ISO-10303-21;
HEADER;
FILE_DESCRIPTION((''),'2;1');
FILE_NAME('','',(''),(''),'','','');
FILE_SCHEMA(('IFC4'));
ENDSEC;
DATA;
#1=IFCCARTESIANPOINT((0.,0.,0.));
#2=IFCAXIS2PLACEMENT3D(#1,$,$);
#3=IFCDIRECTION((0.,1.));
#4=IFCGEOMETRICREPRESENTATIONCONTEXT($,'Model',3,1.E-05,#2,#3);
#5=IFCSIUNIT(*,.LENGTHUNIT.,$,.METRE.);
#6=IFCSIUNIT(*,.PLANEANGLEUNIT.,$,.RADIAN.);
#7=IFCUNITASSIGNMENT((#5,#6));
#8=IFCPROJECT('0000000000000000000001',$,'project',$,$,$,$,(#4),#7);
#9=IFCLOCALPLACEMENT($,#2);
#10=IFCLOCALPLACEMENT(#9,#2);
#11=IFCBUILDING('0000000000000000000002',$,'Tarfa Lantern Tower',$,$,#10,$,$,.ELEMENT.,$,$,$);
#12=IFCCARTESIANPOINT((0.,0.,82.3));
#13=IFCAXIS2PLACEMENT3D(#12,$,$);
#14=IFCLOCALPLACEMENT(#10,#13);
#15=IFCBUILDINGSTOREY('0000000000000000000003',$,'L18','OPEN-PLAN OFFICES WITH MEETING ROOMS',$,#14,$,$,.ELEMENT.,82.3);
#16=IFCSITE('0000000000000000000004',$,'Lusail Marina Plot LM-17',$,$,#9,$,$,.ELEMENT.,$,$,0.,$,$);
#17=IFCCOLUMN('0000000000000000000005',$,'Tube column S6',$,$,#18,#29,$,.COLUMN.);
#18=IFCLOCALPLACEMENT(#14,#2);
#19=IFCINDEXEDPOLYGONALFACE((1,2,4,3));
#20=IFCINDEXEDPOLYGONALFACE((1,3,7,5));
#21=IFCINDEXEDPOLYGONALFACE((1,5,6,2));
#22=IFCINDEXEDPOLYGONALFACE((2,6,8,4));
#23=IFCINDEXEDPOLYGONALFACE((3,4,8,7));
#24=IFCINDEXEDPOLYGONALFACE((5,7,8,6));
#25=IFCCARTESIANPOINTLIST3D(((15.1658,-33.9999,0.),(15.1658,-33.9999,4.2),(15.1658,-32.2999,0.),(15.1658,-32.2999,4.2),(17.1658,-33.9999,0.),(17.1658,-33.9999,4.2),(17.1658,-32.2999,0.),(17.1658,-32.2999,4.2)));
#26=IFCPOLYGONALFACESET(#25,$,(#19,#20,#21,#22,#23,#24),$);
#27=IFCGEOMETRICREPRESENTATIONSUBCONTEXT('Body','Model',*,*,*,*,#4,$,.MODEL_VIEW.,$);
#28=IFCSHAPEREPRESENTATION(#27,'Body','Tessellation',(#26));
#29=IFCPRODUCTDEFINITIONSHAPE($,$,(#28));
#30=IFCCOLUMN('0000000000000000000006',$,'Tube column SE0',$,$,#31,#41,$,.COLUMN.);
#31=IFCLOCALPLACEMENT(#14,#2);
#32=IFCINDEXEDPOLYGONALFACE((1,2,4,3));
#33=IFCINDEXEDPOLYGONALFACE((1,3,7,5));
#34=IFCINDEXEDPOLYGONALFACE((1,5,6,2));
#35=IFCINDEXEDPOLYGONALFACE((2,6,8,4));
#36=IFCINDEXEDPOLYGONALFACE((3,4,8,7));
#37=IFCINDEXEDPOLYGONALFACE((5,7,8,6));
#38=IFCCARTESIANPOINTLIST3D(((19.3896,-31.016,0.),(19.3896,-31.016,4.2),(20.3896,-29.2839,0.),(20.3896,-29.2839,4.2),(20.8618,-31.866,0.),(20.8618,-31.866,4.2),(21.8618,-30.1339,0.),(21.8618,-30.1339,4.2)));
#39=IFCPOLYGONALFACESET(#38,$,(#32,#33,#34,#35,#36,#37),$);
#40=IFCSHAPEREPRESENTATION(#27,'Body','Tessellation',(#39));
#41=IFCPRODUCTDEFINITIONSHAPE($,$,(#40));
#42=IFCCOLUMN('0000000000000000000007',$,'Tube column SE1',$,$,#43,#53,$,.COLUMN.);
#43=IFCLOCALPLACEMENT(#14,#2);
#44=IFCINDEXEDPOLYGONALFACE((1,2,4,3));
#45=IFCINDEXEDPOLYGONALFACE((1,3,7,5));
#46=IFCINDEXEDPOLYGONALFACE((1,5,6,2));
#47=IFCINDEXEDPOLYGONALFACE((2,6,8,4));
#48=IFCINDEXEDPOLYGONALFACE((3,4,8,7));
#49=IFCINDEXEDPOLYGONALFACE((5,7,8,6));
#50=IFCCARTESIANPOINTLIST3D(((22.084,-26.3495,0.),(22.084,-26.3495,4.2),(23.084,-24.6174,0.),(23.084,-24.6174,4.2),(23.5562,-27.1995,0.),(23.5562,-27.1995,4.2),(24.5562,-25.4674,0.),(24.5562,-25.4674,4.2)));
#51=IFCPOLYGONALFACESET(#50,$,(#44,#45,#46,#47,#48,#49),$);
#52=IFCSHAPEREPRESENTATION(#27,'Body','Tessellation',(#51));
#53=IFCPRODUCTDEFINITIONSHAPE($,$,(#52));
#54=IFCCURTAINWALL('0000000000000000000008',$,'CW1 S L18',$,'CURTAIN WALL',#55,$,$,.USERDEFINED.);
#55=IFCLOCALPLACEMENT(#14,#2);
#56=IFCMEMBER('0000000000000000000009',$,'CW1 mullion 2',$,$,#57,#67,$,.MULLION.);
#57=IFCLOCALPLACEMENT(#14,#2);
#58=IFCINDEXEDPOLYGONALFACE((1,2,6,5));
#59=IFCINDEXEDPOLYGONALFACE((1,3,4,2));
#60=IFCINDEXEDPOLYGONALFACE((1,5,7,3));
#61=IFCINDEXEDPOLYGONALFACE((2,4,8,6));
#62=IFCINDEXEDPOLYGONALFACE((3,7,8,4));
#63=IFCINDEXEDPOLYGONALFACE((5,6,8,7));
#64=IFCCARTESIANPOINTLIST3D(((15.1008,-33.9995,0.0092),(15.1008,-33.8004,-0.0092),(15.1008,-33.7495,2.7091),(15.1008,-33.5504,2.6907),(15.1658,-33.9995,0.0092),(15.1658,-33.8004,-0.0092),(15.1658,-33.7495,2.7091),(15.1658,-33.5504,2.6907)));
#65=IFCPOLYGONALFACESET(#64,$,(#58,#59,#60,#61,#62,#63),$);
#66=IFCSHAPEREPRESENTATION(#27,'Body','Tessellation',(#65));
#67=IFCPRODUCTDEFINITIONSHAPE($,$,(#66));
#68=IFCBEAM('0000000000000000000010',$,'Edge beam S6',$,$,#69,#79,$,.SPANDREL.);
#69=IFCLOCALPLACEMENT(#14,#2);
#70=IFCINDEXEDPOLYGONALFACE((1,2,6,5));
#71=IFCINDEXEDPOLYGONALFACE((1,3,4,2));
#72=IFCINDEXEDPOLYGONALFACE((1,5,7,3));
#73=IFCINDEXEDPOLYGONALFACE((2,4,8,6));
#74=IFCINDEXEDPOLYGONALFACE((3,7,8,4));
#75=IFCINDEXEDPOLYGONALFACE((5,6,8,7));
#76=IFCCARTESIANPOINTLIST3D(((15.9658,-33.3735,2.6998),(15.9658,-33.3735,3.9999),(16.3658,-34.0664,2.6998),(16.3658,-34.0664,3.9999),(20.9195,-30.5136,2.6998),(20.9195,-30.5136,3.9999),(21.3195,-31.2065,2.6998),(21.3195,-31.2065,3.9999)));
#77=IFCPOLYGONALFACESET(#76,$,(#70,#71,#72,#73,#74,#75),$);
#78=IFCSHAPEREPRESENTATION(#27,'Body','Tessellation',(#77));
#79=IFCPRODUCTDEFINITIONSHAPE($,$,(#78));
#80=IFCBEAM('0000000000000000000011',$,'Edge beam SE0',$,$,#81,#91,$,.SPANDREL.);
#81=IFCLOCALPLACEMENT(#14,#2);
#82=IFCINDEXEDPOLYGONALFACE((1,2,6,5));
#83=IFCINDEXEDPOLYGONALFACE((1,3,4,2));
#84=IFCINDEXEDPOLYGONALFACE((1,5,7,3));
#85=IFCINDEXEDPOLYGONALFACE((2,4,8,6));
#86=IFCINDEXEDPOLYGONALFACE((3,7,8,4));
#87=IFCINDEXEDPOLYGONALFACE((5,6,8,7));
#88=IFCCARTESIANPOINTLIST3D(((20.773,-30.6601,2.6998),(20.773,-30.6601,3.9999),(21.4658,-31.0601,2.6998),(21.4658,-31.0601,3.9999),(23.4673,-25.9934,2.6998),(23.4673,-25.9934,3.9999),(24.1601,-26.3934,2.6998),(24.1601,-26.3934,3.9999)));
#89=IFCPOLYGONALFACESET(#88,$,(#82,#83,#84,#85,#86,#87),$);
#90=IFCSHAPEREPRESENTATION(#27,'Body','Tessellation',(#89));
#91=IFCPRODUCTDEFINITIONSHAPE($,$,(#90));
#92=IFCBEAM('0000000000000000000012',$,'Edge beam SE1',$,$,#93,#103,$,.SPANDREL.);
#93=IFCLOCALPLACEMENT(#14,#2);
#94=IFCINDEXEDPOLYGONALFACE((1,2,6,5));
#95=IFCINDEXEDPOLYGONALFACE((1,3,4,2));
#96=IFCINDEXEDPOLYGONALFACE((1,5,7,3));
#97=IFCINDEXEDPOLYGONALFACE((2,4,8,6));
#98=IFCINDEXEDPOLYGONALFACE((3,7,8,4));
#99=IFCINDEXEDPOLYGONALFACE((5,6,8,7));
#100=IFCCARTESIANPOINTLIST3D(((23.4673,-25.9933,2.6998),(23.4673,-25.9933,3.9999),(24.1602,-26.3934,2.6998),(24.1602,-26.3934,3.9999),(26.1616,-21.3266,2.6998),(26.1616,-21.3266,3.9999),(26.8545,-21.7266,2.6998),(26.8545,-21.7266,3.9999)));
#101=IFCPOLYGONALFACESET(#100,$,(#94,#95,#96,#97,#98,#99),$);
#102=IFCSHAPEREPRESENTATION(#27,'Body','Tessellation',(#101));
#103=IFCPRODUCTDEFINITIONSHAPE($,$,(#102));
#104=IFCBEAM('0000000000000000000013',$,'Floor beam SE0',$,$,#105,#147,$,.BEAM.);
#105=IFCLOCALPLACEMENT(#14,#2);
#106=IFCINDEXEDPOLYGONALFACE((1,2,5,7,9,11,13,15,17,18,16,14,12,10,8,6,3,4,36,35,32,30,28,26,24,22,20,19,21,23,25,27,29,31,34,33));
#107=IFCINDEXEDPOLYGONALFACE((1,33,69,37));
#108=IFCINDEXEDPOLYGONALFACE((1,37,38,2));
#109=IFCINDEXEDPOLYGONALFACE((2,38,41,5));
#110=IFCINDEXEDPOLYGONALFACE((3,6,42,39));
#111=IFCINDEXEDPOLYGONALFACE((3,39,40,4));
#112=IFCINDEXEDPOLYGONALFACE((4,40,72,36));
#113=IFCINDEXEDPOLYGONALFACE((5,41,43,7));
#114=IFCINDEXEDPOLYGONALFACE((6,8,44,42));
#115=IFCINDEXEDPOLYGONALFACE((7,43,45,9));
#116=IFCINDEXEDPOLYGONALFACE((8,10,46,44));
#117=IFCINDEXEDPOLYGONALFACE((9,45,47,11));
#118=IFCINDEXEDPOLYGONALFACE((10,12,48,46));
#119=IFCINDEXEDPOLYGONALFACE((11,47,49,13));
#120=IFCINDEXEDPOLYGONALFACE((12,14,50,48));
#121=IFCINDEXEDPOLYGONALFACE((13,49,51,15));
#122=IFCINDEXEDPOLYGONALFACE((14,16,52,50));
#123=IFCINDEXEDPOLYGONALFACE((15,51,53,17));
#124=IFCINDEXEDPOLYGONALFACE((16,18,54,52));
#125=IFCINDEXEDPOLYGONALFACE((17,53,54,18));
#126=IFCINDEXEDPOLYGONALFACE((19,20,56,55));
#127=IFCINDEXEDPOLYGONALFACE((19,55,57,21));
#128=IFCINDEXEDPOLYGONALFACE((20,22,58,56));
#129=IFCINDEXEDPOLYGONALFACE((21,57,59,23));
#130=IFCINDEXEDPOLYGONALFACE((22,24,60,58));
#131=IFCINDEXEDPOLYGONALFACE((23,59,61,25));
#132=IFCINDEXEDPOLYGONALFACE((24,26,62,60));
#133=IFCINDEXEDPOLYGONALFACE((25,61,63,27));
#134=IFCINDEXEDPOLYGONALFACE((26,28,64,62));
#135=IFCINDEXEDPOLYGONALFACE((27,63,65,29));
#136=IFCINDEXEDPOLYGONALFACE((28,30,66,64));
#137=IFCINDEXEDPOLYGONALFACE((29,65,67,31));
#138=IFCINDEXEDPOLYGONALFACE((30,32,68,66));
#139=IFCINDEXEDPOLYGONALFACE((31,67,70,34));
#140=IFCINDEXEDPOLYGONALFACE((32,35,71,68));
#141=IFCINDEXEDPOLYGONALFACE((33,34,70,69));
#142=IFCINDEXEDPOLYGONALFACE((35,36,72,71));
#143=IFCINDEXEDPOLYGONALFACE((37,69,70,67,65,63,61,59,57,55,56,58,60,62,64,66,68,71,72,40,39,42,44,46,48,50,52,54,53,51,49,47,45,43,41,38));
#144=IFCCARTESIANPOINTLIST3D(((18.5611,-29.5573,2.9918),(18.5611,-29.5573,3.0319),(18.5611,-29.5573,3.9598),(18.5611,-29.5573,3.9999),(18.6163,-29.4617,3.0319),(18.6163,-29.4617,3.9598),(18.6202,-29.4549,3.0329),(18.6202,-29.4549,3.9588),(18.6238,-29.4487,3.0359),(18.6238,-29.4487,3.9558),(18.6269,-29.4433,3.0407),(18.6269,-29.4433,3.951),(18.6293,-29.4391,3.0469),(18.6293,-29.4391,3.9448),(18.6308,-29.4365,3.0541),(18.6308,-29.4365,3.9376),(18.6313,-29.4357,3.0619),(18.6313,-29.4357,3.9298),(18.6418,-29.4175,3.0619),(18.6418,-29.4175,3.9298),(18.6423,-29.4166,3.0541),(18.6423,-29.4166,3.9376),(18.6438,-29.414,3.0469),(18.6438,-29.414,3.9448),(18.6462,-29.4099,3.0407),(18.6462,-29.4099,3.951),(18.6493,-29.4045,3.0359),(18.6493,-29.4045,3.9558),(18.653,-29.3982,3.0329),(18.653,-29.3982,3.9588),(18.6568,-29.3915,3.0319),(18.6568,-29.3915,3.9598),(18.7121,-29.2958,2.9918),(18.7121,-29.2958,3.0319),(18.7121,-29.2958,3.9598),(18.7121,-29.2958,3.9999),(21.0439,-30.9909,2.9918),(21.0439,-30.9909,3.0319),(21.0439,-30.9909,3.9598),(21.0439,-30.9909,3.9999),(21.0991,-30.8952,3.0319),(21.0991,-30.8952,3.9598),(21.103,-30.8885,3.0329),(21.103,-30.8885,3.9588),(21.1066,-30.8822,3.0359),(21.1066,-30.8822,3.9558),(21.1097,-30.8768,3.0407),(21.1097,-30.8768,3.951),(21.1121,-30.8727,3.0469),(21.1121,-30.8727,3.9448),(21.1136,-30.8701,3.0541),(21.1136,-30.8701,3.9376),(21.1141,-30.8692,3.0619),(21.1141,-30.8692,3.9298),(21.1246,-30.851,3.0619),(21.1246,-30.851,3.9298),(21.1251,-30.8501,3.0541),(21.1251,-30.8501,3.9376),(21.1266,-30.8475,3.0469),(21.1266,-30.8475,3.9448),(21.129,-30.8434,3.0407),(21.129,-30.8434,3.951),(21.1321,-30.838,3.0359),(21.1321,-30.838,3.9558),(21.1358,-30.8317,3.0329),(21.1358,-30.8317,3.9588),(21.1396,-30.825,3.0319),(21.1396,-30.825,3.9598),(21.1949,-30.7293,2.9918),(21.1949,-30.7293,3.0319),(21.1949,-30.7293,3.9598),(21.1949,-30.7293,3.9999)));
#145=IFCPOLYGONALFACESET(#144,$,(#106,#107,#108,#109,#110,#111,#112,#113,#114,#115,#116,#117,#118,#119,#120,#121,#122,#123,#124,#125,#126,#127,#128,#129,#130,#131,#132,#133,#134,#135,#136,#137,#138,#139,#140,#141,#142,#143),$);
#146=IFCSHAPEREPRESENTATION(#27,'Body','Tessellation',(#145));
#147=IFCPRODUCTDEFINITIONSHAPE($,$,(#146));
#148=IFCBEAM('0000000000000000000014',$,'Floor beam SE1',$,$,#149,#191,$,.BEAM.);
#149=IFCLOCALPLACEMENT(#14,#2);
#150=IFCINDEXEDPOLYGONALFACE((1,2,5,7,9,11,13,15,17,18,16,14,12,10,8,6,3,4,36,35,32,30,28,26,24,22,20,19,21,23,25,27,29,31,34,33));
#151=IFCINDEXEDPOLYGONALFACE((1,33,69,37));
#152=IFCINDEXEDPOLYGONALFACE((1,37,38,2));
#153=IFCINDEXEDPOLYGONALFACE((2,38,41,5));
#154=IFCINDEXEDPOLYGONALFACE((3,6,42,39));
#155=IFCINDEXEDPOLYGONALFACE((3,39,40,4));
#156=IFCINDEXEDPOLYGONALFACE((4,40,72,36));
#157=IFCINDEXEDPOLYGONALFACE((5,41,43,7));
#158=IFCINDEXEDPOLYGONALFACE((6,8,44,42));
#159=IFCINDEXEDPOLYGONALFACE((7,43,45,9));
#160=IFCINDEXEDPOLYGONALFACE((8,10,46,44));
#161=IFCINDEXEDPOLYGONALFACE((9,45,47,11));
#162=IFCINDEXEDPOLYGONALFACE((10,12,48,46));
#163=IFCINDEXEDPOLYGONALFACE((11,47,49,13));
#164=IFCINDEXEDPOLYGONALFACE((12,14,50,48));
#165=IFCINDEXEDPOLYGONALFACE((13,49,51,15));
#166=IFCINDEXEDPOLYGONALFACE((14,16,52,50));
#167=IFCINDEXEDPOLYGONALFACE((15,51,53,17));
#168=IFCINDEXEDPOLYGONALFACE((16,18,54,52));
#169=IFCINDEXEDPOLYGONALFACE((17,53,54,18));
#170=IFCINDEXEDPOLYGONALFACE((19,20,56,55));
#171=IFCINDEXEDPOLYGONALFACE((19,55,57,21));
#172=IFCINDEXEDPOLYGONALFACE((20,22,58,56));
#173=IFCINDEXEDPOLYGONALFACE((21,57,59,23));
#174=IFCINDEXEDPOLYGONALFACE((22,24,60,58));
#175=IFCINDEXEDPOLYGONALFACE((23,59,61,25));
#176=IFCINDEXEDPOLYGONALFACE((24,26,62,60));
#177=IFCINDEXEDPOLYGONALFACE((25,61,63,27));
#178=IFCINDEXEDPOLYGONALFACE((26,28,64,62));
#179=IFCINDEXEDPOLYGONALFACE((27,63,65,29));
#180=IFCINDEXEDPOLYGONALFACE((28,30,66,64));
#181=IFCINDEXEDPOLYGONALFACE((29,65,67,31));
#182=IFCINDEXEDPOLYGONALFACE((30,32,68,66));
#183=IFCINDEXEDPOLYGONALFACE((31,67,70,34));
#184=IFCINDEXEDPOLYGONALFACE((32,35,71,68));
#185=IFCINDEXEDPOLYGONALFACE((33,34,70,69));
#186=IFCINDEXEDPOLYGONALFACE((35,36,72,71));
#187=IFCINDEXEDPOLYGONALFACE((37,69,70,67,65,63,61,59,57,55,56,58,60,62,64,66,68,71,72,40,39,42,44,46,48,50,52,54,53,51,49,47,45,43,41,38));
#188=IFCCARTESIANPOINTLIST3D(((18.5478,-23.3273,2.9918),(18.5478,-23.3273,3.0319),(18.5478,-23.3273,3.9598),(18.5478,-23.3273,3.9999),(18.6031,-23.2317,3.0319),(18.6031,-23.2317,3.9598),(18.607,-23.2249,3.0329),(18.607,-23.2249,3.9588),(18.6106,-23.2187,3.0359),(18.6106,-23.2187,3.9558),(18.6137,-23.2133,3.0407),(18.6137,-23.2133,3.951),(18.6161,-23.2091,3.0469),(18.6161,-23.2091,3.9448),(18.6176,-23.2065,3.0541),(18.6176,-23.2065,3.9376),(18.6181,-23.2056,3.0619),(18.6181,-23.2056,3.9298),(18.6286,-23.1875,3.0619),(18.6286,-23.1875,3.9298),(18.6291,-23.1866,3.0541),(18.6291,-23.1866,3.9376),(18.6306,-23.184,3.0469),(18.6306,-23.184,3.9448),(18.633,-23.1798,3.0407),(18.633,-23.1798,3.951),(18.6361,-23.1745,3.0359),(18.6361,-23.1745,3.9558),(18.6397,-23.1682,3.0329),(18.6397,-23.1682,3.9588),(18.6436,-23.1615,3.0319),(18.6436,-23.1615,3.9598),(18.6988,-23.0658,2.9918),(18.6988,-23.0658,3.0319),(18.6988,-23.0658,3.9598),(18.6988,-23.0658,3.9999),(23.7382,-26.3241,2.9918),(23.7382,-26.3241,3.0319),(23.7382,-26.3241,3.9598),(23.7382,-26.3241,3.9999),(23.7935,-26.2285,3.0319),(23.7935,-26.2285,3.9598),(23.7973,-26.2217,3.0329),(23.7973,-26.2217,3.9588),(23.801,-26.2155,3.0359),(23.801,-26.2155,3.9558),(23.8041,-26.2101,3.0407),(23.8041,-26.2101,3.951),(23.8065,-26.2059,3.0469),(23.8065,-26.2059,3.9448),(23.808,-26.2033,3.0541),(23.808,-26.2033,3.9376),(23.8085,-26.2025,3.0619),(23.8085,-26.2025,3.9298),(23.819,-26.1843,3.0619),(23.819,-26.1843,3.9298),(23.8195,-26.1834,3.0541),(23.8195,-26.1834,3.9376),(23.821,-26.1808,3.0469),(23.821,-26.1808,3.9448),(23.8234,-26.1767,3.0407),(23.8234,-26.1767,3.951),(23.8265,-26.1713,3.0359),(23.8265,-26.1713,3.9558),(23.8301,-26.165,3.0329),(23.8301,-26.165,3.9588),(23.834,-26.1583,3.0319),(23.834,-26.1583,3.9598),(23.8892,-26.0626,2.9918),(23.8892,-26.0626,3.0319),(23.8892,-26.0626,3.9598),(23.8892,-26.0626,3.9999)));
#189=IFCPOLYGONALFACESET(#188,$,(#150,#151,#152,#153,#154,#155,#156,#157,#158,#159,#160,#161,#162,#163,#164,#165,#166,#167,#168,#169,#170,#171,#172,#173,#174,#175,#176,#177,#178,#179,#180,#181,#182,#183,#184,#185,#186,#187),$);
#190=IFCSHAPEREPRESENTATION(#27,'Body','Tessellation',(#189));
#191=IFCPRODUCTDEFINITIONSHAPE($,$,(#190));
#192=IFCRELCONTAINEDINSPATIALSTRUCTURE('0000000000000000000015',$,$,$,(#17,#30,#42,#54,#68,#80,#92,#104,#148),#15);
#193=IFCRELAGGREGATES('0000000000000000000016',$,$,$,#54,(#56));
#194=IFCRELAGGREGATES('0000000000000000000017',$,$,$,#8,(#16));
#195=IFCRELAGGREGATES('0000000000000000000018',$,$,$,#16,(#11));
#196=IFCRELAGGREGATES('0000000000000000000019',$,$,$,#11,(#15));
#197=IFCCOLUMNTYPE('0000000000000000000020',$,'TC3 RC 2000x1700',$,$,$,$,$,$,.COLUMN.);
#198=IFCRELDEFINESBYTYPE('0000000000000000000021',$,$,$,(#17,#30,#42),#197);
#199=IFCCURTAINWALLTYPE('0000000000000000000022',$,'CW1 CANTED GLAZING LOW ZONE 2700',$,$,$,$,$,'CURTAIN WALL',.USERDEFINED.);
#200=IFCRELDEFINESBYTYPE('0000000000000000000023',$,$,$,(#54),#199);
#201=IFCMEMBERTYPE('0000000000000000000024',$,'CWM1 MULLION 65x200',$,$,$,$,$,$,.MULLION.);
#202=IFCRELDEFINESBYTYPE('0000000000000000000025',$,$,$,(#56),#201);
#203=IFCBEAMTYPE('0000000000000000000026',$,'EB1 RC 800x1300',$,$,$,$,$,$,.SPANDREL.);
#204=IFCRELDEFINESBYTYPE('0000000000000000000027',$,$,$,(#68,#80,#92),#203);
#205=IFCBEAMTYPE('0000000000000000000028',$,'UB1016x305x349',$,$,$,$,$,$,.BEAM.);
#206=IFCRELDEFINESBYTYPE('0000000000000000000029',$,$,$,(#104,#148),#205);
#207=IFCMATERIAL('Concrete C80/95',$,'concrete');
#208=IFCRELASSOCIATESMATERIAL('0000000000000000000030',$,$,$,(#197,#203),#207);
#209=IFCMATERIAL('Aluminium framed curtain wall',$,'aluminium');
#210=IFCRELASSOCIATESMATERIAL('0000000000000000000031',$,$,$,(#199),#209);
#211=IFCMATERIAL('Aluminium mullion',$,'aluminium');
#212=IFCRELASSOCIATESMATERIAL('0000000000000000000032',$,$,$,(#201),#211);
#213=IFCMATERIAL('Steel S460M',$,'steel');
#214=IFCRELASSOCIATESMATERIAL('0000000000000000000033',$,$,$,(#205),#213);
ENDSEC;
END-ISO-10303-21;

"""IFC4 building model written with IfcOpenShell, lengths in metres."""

from ifc_helpers import new_model, si_unit, direction, frame, origin, origin_2d, place, context, subcontext, project, spatial, rectangle, i_section, extrude, material, material_profile, profile_set, type_object, element, aggregate, save


model = new_model("IFC4")

# Units and contexts
model_context = context("Model", 3, precision=1e-05, world=origin(), true_north=direction((0.0, 1.0)))
body_context = subcontext(model_context, "Body", "Model", "MODEL_VIEW")
ifc_project = project(units=[si_unit("LENGTHUNIT", "METRE"), si_unit("PLANEANGLEUNIT", "RADIAN")], contexts=[model_context])

# Site, building, storey
site_placement = place(None, origin())
site = spatial("IfcSite", under=ifc_project, at=site_placement, Name="Lusail Marina Plot LM-17", CompositionType="ELEMENT", RefElevation=0.0)
building_placement = place(site_placement, origin())
building = spatial("IfcBuilding", under=site, at=building_placement, Name="Tarfa Lantern Tower", CompositionType="ELEMENT")
storey_placement = place(building_placement, frame((0.0, 0.0, 82.3)))
storey = spatial("IfcBuildingStorey", under=building, at=storey_placement, Name="L18", Description="OPEN-PLAN OFFICES WITH MEETING ROOMS", CompositionType="ELEMENT", Elevation=82.3)

# Columns
ifc_material_1 = material(Name="Concrete C80/95", Category="concrete")
ifc_material_profile_1 = material_profile(ifc_material_1, rectangle(XDim=2.0, YDim=1.7, at=origin_2d()), Name="RC 2000x1700")
ifc_profile_set_1 = profile_set([ifc_material_profile_1], Name="Concrete C80/95")
column_type = type_object("IfcColumnType", Name="TC3 RC 2000x1700", PredefinedType="COLUMN", material=ifc_profile_set_1)
for number, where, z_axis, x_axis, name in (
    (1, (16.1658, -33.1499, 0.0), (0.0, 0.0, 1.0), (1.0, 0.0, 0.0), "Tube column S6"),
    (2, (20.6257, -30.575, 0.0), (0.0, 0.0, 1.0), (0.5, 0.866025, 0.0), "Tube column SE0"),
    (3, (23.3201, -25.9084, 0.0), (0.0, 0.0, 1.0), (0.5, 0.866025, 0.0), "Tube column SE1"),
):
    element("IfcColumn", number, at=place(storey_placement, frame(where, z_axis=z_axis, x_axis=x_axis)), inside=storey, type_object=column_type, Name=name, PredefinedType="COLUMN", context=body_context, shape_type="SweptSolid", body=[
        extrude(rectangle(XDim=2.0, YDim=1.7, at=origin_2d()), origin(), (0.0, 0.0, 1.0), 4.2),
    ])

# Curtain wall, member
ifc_material_2 = material(Name="Aluminium framed curtain wall", Category="aluminium")
curtain_wall_type = type_object("IfcCurtainWallType", Name="CW1 CANTED GLAZING LOW ZONE 2700", ElementType="CURTAIN WALL", PredefinedType="USERDEFINED", material=ifc_material_2)
curtain_wall_placement = place(storey_placement, origin())
curtain_wall = element("IfcCurtainWall", 4, at=curtain_wall_placement, inside=storey, type_object=curtain_wall_type, Name="CW1 S L18", ObjectType="CURTAIN WALL", PredefinedType="USERDEFINED")
ifc_material_3 = material(Name="Aluminium mullion", Category="aluminium")
ifc_material_profile_2 = material_profile(ifc_material_3, rectangle(XDim=0.0649, YDim=0.2, at=origin_2d()), Name="AL MULLION 65x200")
ifc_profile_set_2 = profile_set([ifc_material_profile_2], Name="Aluminium mullion")
member_type = type_object("IfcMemberType", Name="CWM1 MULLION 65x200", PredefinedType="MULLION", material=ifc_profile_set_2)
member_placement = place(storey_placement, frame((15.1333, -33.8999, 0.0), z_axis=(0.0, 0.0922, 0.995741), x_axis=(-1.0, 0.0, 0.0)))
member = element("IfcMember", 5, at=member_placement, type_object=member_type, Name="CW1 mullion 2", PredefinedType="MULLION", context=body_context, shape_type="SweptSolid", body=[
    extrude(rectangle(XDim=0.0649, YDim=0.2, at=origin_2d()), origin(), (0.0, 0.0, 1.0), 2.7114),
])
aggregate(curtain_wall, [member])

# Beams
ifc_material_profile_3 = material_profile(ifc_material_1, rectangle(XDim=0.8, YDim=1.3, at=origin_2d()), Name="RC 800x1300")
ifc_profile_set_3 = profile_set([ifc_material_profile_3], Name="Concrete C80/95")
beam_type_1 = type_object("IfcBeamType", Name="EB1 RC 800x1300", PredefinedType="SPANDREL", material=ifc_profile_set_3)
beam_1_placement = place(storey_placement, frame((16.1658, -33.72, 3.3499), z_axis=(0.866033, 0.499986, 0.0), x_axis=(-0.499986, 0.866033, 0.0)))
element("IfcBeam", 6, at=beam_1_placement, inside=storey, type_object=beam_type_1, Name="Edge beam S6", PredefinedType="SPANDREL", context=body_context, shape_type="SweptSolid", body=[
    extrude(rectangle(XDim=0.8, YDim=1.3, at=origin_2d()), origin(), (0.0, 0.0, 1.0), 5.72),
])
for number, where, z_axis, x_axis, name in (
    (7, (21.1194, -30.8601, 3.3499), (0.499998, 0.866026, 0.0), (-0.866026, 0.499998, 0.0), "Edge beam SE0"),
    (8, (23.8137, -26.1934, 3.3499), (0.499998, 0.866026, 0.0), (-0.866026, 0.499998, 0.0), "Edge beam SE1"),
):
    element("IfcBeam", number, at=place(storey_placement, frame(where, z_axis=z_axis, x_axis=x_axis)), inside=storey, type_object=beam_type_1, Name=name, PredefinedType="SPANDREL", context=body_context, shape_type="SweptSolid", body=[
        extrude(rectangle(XDim=0.8, YDim=1.3, at=origin_2d()), origin(), (0.0, 0.0, 1.0), 5.3887),
    ])
ifc_material_4 = material(Name="Steel S460M", Category="steel")
ifc_material_profile_4 = material_profile(ifc_material_4, i_section(OverallWidth=0.302, OverallDepth=1.0081, WebThickness=0.021, FlangeThickness=0.04, FilletRadius=0.03, at=origin_2d()), Name="UB1016x305x349")
ifc_profile_set_4 = profile_set([ifc_material_profile_4], Name="Steel S460M")
beam_type_2 = type_object("IfcBeamType", Name="UB1016x305x349", PredefinedType="BEAM", material=ifc_profile_set_4)
beam_2_placement = place(storey_placement, frame((21.1194, -30.8601, 3.4958), z_axis=(-0.866013, 0.500022, 0.0), x_axis=(-0.500022, -0.866013, 0.0)))
element("IfcBeam", 9, at=beam_2_placement, inside=storey, type_object=beam_type_2, Name="Floor beam SE0", PredefinedType="BEAM", context=body_context, shape_type="SweptSolid", body=[
    extrude(i_section(OverallWidth=0.302, OverallDepth=1.0081, WebThickness=0.021, FlangeThickness=0.04, FilletRadius=0.03, at=origin_2d()), origin(), (0.0, 0.0, 1.0), 2.8669),
])
beam_3_placement = place(storey_placement, frame((23.8137, -26.1934, 3.4958), z_axis=(-0.866016, 0.500016, 0.0), x_axis=(-0.500016, -0.866016, 0.0)))
element("IfcBeam", 10, at=beam_3_placement, inside=storey, type_object=beam_type_2, Name="Floor beam SE1", PredefinedType="BEAM", context=body_context, shape_type="SweptSolid", body=[
    extrude(i_section(OverallWidth=0.302, OverallDepth=1.0081, WebThickness=0.021, FlangeThickness=0.04, FilletRadius=0.03, at=origin_2d()), origin(), (0.0, 0.0, 1.0), 5.9934),
])

save(model, "model.ifc")
